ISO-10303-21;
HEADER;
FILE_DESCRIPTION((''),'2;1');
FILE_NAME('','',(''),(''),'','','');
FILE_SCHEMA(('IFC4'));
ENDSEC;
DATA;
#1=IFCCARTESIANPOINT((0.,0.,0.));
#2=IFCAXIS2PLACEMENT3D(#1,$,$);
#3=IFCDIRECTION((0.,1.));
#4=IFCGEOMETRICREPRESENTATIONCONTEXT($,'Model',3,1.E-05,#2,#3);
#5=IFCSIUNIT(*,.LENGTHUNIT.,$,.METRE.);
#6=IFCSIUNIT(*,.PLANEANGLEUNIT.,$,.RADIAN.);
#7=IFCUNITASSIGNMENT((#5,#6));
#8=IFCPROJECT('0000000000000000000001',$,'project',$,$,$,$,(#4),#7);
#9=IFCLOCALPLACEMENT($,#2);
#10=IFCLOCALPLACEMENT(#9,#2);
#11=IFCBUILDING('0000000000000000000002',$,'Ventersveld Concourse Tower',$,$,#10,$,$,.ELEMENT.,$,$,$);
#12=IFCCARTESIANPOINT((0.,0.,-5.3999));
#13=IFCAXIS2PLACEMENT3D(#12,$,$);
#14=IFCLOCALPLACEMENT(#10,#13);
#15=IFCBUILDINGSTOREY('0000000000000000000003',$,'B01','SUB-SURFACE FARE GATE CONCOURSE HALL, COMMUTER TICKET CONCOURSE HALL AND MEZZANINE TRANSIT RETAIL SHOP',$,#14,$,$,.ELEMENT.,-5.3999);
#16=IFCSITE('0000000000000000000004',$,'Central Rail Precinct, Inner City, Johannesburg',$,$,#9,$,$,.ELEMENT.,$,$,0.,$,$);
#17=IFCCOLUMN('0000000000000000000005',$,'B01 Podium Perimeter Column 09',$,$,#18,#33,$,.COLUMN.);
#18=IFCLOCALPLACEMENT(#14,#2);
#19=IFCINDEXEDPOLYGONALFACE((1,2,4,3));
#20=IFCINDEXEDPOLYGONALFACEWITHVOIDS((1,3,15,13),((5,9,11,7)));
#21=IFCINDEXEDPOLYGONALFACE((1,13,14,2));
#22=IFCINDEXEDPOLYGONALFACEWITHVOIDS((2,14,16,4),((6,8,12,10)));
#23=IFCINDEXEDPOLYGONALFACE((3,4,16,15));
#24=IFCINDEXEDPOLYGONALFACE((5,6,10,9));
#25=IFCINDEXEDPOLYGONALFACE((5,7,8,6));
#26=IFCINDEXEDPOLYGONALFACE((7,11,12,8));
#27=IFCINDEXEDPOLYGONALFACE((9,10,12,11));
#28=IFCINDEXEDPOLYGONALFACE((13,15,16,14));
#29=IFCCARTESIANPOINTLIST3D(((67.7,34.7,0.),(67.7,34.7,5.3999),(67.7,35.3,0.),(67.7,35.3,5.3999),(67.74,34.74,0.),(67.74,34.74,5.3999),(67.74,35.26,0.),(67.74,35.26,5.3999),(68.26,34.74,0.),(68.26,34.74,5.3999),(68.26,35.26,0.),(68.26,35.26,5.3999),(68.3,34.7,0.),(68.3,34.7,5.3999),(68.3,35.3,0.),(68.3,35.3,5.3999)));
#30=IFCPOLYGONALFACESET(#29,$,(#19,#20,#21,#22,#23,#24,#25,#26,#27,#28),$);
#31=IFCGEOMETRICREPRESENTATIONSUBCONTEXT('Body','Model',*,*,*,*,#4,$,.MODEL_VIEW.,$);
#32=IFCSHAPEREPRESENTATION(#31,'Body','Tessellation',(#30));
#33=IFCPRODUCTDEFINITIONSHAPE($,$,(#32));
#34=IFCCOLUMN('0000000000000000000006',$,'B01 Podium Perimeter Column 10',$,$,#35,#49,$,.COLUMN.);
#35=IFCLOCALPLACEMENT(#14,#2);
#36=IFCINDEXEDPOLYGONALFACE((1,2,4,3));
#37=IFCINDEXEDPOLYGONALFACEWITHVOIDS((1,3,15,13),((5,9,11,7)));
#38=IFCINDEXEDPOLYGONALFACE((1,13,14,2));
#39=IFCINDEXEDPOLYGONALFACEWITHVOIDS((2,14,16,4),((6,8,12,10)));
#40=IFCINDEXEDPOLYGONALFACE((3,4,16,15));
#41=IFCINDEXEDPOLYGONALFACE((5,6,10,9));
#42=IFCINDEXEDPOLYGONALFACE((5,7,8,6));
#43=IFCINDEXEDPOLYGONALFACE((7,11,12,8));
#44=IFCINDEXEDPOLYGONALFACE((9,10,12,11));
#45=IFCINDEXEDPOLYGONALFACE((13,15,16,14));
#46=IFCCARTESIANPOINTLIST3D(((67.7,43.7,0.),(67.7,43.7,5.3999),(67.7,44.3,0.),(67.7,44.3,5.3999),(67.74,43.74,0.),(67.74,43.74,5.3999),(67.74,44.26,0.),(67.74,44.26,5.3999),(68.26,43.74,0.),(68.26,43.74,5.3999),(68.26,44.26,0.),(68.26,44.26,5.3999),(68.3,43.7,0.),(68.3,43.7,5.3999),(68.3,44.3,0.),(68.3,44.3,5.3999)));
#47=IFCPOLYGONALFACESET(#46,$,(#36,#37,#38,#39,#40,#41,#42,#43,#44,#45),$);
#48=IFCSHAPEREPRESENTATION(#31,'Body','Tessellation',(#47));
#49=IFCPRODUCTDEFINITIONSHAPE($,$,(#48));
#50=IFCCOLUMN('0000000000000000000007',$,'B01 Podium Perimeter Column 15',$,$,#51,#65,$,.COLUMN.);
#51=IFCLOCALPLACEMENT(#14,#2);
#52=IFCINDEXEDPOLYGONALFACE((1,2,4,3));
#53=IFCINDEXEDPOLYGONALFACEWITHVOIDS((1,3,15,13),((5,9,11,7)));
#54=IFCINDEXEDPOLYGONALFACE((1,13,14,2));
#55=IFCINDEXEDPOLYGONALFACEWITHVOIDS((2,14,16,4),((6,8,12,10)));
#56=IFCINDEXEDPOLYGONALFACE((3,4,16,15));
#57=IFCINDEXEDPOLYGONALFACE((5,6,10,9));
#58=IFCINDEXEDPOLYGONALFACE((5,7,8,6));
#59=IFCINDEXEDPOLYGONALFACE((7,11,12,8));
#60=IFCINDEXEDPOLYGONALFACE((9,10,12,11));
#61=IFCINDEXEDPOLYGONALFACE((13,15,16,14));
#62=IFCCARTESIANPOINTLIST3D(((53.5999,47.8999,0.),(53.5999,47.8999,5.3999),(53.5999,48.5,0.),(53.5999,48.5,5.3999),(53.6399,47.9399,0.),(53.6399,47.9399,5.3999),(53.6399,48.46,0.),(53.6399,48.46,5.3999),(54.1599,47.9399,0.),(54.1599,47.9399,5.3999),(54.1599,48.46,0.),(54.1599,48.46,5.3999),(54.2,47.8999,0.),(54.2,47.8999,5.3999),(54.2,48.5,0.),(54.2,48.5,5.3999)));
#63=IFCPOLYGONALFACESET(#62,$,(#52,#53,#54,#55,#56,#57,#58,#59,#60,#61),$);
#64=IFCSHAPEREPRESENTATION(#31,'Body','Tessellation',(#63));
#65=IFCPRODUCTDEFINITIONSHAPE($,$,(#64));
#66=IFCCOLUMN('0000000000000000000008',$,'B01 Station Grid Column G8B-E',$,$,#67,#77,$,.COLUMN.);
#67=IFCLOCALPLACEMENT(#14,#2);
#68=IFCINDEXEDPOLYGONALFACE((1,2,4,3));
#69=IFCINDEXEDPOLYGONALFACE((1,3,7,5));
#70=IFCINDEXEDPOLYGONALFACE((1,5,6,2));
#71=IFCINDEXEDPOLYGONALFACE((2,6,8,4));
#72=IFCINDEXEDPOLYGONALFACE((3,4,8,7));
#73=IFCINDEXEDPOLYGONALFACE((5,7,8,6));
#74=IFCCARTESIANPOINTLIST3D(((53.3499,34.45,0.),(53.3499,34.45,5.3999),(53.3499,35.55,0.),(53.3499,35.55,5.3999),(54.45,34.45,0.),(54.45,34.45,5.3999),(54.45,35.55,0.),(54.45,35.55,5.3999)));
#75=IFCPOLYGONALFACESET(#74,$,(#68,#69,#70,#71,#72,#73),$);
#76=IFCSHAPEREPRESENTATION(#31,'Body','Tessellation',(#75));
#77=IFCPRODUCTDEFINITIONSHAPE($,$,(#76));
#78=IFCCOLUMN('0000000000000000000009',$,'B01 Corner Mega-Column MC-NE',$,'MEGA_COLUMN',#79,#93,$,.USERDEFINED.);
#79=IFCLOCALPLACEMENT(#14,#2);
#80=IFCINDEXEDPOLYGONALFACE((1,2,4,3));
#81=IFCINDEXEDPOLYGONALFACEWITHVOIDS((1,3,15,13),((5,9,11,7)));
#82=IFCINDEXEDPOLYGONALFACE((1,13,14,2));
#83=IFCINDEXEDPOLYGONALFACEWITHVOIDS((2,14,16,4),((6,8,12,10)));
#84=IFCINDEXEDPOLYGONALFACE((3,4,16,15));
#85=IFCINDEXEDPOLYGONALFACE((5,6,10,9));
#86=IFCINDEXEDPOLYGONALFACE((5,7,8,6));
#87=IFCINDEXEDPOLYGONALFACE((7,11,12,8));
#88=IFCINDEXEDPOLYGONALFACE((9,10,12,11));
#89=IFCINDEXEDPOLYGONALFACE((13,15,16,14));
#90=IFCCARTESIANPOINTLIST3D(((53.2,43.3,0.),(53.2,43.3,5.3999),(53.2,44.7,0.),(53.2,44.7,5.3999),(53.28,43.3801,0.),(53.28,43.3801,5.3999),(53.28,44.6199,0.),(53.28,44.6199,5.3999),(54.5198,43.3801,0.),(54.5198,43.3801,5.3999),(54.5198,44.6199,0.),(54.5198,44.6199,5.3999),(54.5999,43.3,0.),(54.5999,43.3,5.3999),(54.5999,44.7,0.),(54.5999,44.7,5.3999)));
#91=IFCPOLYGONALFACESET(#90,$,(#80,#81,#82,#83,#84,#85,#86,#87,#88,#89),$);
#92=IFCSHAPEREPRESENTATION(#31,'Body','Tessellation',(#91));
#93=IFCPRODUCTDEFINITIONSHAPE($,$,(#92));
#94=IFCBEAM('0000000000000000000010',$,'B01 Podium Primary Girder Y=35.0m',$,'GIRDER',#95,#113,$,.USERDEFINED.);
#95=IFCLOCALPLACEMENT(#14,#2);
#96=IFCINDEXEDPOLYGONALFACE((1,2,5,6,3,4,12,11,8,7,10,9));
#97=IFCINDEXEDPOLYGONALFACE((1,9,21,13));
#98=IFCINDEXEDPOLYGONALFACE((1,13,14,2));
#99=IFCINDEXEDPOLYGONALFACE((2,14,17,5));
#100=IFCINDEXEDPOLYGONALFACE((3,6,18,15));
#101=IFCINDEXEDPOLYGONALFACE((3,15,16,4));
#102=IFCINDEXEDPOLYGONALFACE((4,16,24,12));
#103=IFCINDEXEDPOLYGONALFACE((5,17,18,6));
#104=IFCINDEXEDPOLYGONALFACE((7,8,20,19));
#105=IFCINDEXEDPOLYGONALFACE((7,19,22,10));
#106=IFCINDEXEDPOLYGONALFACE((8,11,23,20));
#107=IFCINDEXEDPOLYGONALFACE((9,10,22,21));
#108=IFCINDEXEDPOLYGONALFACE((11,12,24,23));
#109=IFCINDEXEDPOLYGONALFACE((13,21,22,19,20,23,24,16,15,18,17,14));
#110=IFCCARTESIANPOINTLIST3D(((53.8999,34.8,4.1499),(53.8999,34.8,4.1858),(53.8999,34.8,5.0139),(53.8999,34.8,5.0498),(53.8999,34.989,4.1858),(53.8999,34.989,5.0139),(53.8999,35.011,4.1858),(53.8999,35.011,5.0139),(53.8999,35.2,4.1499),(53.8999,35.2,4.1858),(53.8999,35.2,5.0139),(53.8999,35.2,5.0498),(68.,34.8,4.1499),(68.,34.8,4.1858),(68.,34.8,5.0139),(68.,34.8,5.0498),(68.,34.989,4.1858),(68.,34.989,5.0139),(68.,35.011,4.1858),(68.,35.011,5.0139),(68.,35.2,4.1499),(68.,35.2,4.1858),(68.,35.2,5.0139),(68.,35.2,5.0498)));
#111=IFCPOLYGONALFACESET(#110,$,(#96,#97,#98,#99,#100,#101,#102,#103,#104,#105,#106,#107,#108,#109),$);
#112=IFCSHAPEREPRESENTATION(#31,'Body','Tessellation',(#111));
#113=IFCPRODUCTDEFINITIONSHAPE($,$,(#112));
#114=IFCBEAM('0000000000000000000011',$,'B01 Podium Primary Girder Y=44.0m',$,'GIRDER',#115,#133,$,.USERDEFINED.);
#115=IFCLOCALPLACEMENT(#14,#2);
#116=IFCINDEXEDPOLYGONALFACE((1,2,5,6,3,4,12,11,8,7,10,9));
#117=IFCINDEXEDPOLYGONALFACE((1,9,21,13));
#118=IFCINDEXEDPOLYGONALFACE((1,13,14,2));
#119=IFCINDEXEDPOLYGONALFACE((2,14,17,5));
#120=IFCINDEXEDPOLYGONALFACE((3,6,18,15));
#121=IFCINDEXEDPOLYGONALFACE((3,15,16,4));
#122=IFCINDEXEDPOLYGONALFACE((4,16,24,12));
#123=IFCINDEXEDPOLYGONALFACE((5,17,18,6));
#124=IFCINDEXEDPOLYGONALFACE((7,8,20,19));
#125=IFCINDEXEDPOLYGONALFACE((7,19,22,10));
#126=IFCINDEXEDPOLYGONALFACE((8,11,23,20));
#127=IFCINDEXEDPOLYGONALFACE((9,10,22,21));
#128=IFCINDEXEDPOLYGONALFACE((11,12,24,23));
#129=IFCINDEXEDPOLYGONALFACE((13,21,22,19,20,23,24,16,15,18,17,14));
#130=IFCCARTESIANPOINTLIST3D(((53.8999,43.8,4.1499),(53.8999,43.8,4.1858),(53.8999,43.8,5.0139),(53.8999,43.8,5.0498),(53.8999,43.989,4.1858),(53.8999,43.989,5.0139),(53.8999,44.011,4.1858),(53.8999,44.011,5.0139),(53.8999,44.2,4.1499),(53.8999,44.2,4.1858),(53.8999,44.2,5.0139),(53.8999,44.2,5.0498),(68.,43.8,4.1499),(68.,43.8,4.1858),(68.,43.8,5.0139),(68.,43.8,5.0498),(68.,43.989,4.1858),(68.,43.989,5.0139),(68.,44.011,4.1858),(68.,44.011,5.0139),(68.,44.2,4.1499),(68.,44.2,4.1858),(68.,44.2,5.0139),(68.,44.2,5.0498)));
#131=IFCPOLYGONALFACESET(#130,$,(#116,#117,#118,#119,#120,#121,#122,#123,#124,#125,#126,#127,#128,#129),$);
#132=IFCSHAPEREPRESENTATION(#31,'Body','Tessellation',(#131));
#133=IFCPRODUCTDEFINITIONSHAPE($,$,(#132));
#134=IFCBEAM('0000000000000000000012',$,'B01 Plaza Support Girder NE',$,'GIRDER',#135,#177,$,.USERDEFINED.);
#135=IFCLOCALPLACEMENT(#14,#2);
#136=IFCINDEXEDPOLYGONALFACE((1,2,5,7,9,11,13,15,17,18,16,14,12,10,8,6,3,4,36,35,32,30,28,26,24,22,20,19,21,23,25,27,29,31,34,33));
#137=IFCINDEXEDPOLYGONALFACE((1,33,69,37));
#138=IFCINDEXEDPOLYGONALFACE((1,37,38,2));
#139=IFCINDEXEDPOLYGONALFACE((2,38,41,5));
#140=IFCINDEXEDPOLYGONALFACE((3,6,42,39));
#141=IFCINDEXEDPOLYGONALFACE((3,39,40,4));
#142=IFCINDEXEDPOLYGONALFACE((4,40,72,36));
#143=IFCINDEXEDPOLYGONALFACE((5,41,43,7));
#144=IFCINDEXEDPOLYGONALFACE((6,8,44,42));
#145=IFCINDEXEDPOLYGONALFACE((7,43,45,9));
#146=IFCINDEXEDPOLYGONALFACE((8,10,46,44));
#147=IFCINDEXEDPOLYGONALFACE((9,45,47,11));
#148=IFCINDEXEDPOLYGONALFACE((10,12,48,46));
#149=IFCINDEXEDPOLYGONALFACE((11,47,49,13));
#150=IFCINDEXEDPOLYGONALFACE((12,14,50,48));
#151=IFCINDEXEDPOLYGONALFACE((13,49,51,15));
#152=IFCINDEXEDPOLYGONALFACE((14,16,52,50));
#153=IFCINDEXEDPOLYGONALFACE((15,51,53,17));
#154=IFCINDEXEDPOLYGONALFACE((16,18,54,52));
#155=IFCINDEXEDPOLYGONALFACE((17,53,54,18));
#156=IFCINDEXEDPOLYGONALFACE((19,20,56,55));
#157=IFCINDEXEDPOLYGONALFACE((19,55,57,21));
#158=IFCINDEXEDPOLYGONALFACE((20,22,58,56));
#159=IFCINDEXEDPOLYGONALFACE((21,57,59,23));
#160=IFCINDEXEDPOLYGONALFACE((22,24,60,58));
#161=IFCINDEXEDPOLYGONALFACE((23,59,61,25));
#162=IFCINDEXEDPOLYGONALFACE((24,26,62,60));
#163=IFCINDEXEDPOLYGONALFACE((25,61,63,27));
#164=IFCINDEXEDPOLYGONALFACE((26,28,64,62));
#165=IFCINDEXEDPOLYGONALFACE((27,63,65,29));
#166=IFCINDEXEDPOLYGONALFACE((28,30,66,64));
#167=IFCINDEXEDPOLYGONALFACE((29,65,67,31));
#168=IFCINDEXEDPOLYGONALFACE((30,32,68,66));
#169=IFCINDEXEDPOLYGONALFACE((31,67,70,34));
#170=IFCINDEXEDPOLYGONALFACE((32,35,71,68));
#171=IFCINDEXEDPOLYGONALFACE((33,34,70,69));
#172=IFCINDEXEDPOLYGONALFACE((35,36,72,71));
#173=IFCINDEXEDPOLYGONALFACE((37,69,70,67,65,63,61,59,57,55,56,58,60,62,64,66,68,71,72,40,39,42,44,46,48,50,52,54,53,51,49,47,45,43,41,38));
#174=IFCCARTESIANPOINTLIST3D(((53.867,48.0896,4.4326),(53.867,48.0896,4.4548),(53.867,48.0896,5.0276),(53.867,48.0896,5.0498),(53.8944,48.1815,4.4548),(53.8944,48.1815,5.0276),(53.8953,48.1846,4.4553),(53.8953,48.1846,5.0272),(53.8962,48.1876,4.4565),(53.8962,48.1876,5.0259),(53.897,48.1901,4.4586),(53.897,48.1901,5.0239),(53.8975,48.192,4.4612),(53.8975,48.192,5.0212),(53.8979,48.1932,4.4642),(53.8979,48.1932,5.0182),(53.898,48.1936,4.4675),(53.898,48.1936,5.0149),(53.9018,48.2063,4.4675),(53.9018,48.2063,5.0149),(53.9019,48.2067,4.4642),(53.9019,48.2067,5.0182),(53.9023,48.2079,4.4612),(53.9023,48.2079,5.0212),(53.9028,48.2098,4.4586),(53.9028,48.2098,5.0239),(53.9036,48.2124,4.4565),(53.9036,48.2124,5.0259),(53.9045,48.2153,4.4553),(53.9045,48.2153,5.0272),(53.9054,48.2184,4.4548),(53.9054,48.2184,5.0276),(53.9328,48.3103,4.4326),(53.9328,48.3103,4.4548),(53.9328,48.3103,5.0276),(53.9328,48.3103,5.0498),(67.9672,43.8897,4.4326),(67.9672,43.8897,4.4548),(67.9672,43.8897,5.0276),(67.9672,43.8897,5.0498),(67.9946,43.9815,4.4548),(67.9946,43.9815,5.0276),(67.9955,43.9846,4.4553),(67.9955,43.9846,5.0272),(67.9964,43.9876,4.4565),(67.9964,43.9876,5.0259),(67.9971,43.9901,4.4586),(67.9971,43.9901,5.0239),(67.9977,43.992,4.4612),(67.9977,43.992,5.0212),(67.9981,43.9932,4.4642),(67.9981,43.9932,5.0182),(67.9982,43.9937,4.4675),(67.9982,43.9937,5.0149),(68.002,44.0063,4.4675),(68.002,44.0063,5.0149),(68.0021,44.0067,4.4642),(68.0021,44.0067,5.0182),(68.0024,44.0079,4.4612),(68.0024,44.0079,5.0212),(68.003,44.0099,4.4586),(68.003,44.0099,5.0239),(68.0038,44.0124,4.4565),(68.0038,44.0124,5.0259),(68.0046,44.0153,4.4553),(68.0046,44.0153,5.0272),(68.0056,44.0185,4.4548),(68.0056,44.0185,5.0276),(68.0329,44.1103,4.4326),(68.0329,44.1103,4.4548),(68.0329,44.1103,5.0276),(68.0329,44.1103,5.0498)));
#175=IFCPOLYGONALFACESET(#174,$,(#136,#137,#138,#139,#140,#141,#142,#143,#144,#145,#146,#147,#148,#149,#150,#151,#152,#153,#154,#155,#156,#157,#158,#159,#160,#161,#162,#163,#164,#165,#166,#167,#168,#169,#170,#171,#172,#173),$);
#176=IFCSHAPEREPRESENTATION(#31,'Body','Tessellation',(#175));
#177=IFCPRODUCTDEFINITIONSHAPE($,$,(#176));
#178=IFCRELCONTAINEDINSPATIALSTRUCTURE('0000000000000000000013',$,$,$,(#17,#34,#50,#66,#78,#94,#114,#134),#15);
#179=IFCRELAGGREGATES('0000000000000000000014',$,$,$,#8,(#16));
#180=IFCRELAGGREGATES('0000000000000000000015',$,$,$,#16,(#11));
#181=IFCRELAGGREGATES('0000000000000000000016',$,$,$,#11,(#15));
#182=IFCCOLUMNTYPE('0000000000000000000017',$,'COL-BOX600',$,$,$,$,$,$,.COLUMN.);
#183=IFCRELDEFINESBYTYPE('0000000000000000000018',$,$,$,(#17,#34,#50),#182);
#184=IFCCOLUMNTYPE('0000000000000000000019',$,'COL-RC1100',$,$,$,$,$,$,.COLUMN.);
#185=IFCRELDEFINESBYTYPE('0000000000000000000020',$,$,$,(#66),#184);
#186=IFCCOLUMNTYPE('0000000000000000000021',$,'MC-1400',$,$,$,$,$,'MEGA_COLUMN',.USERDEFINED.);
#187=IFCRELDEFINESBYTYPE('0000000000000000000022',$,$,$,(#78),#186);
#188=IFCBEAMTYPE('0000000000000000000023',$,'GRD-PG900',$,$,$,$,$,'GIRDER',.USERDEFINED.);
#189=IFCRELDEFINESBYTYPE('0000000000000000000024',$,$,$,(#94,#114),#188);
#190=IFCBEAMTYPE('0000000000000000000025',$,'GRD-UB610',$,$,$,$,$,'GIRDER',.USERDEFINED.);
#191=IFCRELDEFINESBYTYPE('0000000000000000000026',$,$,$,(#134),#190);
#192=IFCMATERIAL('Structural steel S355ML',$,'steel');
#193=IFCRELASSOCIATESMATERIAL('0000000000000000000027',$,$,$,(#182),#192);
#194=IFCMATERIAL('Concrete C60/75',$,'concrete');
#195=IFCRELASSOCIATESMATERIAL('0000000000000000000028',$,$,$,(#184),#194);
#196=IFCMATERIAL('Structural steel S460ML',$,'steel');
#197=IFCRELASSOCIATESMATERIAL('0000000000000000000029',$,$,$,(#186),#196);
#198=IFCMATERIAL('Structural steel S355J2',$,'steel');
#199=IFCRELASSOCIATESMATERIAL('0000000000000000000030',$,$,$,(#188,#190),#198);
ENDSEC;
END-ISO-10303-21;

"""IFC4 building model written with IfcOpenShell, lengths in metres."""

from ifc_helpers import new_model, si_unit, direction, frame, origin, origin_2d, place, context, subcontext, project, spatial, rectangle, hollow_rectangle, i_section, extrude, material, material_profile, profile_set, type_object, element, save


model = new_model("IFC4")

# Units and contexts
model_context = context("Model", 3, precision=1e-05, world=origin(), true_north=direction((0.0, 1.0)))
body_context = subcontext(model_context, "Body", "Model", "MODEL_VIEW")
ifc_project = project(units=[si_unit("LENGTHUNIT", "METRE"), si_unit("PLANEANGLEUNIT", "RADIAN")], contexts=[model_context])

# Site, building, storey
site_placement = place(None, origin())
site = spatial("IfcSite", under=ifc_project, at=site_placement, Name="Central Rail Precinct, Inner City, Johannesburg", CompositionType="ELEMENT", RefElevation=0.0)
building_placement = place(site_placement, origin())
building = spatial("IfcBuilding", under=site, at=building_placement, Name="Ventersveld Concourse Tower", CompositionType="ELEMENT")
storey_placement = place(building_placement, frame((0.0, 0.0, -5.3999)))
storey = spatial("IfcBuildingStorey", under=building, at=storey_placement, Name="B01", Description="SUB-SURFACE FARE GATE CONCOURSE HALL, COMMUTER TICKET CONCOURSE HALL AND MEZZANINE TRANSIT RETAIL SHOP", CompositionType="ELEMENT", Elevation=-5.3999)

# Columns
ifc_material_1 = material(Name="Structural steel S355ML", Category="steel")
ifc_material_profile_1 = material_profile(ifc_material_1, hollow_rectangle(XDim=0.6001, YDim=0.6001, WallThickness=0.04, at=origin_2d()), Name="BOX 600x600x40")
ifc_profile_set_1 = profile_set([ifc_material_profile_1], Name="Structural steel S355ML")
column_type_1 = type_object("IfcColumnType", Name="COL-BOX600", PredefinedType="COLUMN", material=ifc_profile_set_1)
for number, where, z_axis, x_axis, name in (
    (1, (68.0, 35.0, 0.0), (0.0, 0.0, 1.0), (1.0, 0.0, 0.0), "B01 Podium Perimeter Column 09"),
    (2, (68.0, 44.0, 0.0), (0.0, 0.0, 1.0), (1.0, 0.0, 0.0), "B01 Podium Perimeter Column 10"),
    (3, (53.8999, 48.2, 0.0), (0.0, 0.0, 1.0), (1.0, 0.0, 0.0), "B01 Podium Perimeter Column 15"),
):
    element("IfcColumn", number, at=place(storey_placement, frame(where, z_axis=z_axis, x_axis=x_axis)), inside=storey, type_object=column_type_1, Name=name, PredefinedType="COLUMN", context=body_context, shape_type="SweptSolid", body=[
        extrude(hollow_rectangle(XDim=0.6001, YDim=0.6001, WallThickness=0.04, at=origin_2d()), origin(), (0.0, 0.0, 1.0), 5.3999),
    ])
ifc_material_2 = material(Name="Concrete C60/75", Category="concrete")
ifc_material_profile_2 = material_profile(ifc_material_2, rectangle(XDim=1.1001, YDim=1.1001, at=origin_2d()), Name="RC 1100x1100")
ifc_profile_set_2 = profile_set([ifc_material_profile_2], Name="Concrete C60/75")
column_type_2 = type_object("IfcColumnType", Name="COL-RC1100", PredefinedType="COLUMN", material=ifc_profile_set_2)
column_1_placement = place(storey_placement, frame((53.8999, 35.0, 0.0), z_axis=(0.0, 0.0, 1.0), x_axis=(1.0, 0.0, 0.0)))
element("IfcColumn", 4, at=column_1_placement, inside=storey, type_object=column_type_2, Name="B01 Station Grid Column G8B-E", PredefinedType="COLUMN", context=body_context, shape_type="SweptSolid", body=[
    extrude(rectangle(XDim=1.1001, YDim=1.1001, at=origin_2d()), origin(), (0.0, 0.0, 1.0), 5.3999),
])
ifc_material_3 = material(Name="Structural steel S460ML", Category="steel")
ifc_material_profile_3 = material_profile(ifc_material_3, hollow_rectangle(XDim=1.3999, YDim=1.3999, WallThickness=0.0801, at=origin_2d()), Name="BOX 1400x1400x80")
ifc_profile_set_3 = profile_set([ifc_material_profile_3], Name="Structural steel S460ML")
column_type_3 = type_object("IfcColumnType", Name="MC-1400", ElementType="MEGA_COLUMN", PredefinedType="USERDEFINED", material=ifc_profile_set_3)
column_2_placement = place(storey_placement, frame((53.8999, 44.0, 0.0), z_axis=(0.0, 0.0, 1.0), x_axis=(1.0, 0.0, 0.0)))
element("IfcColumn", 5, at=column_2_placement, inside=storey, type_object=column_type_3, Name="B01 Corner Mega-Column MC-NE", ObjectType="MEGA_COLUMN", PredefinedType="USERDEFINED", context=body_context, shape_type="SweptSolid", body=[
    extrude(hollow_rectangle(XDim=1.3999, YDim=1.3999, WallThickness=0.0801, at=origin_2d()), origin(), (0.0, 0.0, 1.0), 5.3999),
])

# Beams
ifc_material_4 = material(Name="Structural steel S355J2", Category="steel")
ifc_material_profile_4 = material_profile(ifc_material_4, i_section(OverallWidth=0.3999, OverallDepth=0.8999, WebThickness=0.022, FlangeThickness=0.0359, at=origin_2d()), Name="PG 900x400x36")
ifc_profile_set_4 = profile_set([ifc_material_profile_4], Name="Structural steel S355J2")
beam_type_1 = type_object("IfcBeamType", Name="GRD-PG900", ElementType="GIRDER", PredefinedType="USERDEFINED", material=ifc_profile_set_4)
for number, where, z_axis, x_axis, name in (
    (6, (53.8999, 35.0, 4.5999), (1.0, 0.0, 0.0), (0.0, 1.0, 0.0), "B01 Podium Primary Girder Y=35.0m"),
    (7, (53.8999, 44.0, 4.5999), (1.0, 0.0, 0.0), (0.0, 1.0, 0.0), "B01 Podium Primary Girder Y=44.0m"),
):
    element("IfcBeam", number, at=place(storey_placement, frame(where, z_axis=z_axis, x_axis=x_axis)), inside=storey, type_object=beam_type_1, Name=name, ObjectType="GIRDER", PredefinedType="USERDEFINED", context=body_context, shape_type="SweptSolid", body=[
        extrude(i_section(OverallWidth=0.3999, OverallDepth=0.8999, WebThickness=0.022, FlangeThickness=0.0359, at=origin_2d()), origin(), (0.0, 0.0, 1.0), 14.1001),
    ])
ifc_material_profile_5 = material_profile(ifc_material_4, i_section(OverallWidth=0.2302, OverallDepth=0.6172, WebThickness=0.0132, FlangeThickness=0.0222, FilletRadius=0.0127, at=origin_2d()), Name="UB 610x229x140")
ifc_profile_set_5 = profile_set([ifc_material_profile_5], Name="Structural steel S355J2")
beam_type_2 = type_object("IfcBeamType", Name="GRD-UB610", ElementType="GIRDER", PredefinedType="USERDEFINED", material=ifc_profile_set_5)
beam_1_placement = place(storey_placement, frame((53.8999, 48.2, 4.7412), z_axis=(0.958387, -0.285472, 0.0), x_axis=(0.285472, 0.958387, 0.0)))
element("IfcBeam", 8, at=beam_1_placement, inside=storey, type_object=beam_type_2, Name="B01 Plaza Support Girder NE", ObjectType="GIRDER", PredefinedType="USERDEFINED", context=body_context, shape_type="SweptSolid", body=[
    extrude(i_section(OverallWidth=0.2302, OverallDepth=0.6172, WebThickness=0.0132, FlangeThickness=0.0222, FilletRadius=0.0127, at=origin_2d()), origin(), (0.0, 0.0, 1.0), 14.7124),
])

save(model, "model.ifc")
